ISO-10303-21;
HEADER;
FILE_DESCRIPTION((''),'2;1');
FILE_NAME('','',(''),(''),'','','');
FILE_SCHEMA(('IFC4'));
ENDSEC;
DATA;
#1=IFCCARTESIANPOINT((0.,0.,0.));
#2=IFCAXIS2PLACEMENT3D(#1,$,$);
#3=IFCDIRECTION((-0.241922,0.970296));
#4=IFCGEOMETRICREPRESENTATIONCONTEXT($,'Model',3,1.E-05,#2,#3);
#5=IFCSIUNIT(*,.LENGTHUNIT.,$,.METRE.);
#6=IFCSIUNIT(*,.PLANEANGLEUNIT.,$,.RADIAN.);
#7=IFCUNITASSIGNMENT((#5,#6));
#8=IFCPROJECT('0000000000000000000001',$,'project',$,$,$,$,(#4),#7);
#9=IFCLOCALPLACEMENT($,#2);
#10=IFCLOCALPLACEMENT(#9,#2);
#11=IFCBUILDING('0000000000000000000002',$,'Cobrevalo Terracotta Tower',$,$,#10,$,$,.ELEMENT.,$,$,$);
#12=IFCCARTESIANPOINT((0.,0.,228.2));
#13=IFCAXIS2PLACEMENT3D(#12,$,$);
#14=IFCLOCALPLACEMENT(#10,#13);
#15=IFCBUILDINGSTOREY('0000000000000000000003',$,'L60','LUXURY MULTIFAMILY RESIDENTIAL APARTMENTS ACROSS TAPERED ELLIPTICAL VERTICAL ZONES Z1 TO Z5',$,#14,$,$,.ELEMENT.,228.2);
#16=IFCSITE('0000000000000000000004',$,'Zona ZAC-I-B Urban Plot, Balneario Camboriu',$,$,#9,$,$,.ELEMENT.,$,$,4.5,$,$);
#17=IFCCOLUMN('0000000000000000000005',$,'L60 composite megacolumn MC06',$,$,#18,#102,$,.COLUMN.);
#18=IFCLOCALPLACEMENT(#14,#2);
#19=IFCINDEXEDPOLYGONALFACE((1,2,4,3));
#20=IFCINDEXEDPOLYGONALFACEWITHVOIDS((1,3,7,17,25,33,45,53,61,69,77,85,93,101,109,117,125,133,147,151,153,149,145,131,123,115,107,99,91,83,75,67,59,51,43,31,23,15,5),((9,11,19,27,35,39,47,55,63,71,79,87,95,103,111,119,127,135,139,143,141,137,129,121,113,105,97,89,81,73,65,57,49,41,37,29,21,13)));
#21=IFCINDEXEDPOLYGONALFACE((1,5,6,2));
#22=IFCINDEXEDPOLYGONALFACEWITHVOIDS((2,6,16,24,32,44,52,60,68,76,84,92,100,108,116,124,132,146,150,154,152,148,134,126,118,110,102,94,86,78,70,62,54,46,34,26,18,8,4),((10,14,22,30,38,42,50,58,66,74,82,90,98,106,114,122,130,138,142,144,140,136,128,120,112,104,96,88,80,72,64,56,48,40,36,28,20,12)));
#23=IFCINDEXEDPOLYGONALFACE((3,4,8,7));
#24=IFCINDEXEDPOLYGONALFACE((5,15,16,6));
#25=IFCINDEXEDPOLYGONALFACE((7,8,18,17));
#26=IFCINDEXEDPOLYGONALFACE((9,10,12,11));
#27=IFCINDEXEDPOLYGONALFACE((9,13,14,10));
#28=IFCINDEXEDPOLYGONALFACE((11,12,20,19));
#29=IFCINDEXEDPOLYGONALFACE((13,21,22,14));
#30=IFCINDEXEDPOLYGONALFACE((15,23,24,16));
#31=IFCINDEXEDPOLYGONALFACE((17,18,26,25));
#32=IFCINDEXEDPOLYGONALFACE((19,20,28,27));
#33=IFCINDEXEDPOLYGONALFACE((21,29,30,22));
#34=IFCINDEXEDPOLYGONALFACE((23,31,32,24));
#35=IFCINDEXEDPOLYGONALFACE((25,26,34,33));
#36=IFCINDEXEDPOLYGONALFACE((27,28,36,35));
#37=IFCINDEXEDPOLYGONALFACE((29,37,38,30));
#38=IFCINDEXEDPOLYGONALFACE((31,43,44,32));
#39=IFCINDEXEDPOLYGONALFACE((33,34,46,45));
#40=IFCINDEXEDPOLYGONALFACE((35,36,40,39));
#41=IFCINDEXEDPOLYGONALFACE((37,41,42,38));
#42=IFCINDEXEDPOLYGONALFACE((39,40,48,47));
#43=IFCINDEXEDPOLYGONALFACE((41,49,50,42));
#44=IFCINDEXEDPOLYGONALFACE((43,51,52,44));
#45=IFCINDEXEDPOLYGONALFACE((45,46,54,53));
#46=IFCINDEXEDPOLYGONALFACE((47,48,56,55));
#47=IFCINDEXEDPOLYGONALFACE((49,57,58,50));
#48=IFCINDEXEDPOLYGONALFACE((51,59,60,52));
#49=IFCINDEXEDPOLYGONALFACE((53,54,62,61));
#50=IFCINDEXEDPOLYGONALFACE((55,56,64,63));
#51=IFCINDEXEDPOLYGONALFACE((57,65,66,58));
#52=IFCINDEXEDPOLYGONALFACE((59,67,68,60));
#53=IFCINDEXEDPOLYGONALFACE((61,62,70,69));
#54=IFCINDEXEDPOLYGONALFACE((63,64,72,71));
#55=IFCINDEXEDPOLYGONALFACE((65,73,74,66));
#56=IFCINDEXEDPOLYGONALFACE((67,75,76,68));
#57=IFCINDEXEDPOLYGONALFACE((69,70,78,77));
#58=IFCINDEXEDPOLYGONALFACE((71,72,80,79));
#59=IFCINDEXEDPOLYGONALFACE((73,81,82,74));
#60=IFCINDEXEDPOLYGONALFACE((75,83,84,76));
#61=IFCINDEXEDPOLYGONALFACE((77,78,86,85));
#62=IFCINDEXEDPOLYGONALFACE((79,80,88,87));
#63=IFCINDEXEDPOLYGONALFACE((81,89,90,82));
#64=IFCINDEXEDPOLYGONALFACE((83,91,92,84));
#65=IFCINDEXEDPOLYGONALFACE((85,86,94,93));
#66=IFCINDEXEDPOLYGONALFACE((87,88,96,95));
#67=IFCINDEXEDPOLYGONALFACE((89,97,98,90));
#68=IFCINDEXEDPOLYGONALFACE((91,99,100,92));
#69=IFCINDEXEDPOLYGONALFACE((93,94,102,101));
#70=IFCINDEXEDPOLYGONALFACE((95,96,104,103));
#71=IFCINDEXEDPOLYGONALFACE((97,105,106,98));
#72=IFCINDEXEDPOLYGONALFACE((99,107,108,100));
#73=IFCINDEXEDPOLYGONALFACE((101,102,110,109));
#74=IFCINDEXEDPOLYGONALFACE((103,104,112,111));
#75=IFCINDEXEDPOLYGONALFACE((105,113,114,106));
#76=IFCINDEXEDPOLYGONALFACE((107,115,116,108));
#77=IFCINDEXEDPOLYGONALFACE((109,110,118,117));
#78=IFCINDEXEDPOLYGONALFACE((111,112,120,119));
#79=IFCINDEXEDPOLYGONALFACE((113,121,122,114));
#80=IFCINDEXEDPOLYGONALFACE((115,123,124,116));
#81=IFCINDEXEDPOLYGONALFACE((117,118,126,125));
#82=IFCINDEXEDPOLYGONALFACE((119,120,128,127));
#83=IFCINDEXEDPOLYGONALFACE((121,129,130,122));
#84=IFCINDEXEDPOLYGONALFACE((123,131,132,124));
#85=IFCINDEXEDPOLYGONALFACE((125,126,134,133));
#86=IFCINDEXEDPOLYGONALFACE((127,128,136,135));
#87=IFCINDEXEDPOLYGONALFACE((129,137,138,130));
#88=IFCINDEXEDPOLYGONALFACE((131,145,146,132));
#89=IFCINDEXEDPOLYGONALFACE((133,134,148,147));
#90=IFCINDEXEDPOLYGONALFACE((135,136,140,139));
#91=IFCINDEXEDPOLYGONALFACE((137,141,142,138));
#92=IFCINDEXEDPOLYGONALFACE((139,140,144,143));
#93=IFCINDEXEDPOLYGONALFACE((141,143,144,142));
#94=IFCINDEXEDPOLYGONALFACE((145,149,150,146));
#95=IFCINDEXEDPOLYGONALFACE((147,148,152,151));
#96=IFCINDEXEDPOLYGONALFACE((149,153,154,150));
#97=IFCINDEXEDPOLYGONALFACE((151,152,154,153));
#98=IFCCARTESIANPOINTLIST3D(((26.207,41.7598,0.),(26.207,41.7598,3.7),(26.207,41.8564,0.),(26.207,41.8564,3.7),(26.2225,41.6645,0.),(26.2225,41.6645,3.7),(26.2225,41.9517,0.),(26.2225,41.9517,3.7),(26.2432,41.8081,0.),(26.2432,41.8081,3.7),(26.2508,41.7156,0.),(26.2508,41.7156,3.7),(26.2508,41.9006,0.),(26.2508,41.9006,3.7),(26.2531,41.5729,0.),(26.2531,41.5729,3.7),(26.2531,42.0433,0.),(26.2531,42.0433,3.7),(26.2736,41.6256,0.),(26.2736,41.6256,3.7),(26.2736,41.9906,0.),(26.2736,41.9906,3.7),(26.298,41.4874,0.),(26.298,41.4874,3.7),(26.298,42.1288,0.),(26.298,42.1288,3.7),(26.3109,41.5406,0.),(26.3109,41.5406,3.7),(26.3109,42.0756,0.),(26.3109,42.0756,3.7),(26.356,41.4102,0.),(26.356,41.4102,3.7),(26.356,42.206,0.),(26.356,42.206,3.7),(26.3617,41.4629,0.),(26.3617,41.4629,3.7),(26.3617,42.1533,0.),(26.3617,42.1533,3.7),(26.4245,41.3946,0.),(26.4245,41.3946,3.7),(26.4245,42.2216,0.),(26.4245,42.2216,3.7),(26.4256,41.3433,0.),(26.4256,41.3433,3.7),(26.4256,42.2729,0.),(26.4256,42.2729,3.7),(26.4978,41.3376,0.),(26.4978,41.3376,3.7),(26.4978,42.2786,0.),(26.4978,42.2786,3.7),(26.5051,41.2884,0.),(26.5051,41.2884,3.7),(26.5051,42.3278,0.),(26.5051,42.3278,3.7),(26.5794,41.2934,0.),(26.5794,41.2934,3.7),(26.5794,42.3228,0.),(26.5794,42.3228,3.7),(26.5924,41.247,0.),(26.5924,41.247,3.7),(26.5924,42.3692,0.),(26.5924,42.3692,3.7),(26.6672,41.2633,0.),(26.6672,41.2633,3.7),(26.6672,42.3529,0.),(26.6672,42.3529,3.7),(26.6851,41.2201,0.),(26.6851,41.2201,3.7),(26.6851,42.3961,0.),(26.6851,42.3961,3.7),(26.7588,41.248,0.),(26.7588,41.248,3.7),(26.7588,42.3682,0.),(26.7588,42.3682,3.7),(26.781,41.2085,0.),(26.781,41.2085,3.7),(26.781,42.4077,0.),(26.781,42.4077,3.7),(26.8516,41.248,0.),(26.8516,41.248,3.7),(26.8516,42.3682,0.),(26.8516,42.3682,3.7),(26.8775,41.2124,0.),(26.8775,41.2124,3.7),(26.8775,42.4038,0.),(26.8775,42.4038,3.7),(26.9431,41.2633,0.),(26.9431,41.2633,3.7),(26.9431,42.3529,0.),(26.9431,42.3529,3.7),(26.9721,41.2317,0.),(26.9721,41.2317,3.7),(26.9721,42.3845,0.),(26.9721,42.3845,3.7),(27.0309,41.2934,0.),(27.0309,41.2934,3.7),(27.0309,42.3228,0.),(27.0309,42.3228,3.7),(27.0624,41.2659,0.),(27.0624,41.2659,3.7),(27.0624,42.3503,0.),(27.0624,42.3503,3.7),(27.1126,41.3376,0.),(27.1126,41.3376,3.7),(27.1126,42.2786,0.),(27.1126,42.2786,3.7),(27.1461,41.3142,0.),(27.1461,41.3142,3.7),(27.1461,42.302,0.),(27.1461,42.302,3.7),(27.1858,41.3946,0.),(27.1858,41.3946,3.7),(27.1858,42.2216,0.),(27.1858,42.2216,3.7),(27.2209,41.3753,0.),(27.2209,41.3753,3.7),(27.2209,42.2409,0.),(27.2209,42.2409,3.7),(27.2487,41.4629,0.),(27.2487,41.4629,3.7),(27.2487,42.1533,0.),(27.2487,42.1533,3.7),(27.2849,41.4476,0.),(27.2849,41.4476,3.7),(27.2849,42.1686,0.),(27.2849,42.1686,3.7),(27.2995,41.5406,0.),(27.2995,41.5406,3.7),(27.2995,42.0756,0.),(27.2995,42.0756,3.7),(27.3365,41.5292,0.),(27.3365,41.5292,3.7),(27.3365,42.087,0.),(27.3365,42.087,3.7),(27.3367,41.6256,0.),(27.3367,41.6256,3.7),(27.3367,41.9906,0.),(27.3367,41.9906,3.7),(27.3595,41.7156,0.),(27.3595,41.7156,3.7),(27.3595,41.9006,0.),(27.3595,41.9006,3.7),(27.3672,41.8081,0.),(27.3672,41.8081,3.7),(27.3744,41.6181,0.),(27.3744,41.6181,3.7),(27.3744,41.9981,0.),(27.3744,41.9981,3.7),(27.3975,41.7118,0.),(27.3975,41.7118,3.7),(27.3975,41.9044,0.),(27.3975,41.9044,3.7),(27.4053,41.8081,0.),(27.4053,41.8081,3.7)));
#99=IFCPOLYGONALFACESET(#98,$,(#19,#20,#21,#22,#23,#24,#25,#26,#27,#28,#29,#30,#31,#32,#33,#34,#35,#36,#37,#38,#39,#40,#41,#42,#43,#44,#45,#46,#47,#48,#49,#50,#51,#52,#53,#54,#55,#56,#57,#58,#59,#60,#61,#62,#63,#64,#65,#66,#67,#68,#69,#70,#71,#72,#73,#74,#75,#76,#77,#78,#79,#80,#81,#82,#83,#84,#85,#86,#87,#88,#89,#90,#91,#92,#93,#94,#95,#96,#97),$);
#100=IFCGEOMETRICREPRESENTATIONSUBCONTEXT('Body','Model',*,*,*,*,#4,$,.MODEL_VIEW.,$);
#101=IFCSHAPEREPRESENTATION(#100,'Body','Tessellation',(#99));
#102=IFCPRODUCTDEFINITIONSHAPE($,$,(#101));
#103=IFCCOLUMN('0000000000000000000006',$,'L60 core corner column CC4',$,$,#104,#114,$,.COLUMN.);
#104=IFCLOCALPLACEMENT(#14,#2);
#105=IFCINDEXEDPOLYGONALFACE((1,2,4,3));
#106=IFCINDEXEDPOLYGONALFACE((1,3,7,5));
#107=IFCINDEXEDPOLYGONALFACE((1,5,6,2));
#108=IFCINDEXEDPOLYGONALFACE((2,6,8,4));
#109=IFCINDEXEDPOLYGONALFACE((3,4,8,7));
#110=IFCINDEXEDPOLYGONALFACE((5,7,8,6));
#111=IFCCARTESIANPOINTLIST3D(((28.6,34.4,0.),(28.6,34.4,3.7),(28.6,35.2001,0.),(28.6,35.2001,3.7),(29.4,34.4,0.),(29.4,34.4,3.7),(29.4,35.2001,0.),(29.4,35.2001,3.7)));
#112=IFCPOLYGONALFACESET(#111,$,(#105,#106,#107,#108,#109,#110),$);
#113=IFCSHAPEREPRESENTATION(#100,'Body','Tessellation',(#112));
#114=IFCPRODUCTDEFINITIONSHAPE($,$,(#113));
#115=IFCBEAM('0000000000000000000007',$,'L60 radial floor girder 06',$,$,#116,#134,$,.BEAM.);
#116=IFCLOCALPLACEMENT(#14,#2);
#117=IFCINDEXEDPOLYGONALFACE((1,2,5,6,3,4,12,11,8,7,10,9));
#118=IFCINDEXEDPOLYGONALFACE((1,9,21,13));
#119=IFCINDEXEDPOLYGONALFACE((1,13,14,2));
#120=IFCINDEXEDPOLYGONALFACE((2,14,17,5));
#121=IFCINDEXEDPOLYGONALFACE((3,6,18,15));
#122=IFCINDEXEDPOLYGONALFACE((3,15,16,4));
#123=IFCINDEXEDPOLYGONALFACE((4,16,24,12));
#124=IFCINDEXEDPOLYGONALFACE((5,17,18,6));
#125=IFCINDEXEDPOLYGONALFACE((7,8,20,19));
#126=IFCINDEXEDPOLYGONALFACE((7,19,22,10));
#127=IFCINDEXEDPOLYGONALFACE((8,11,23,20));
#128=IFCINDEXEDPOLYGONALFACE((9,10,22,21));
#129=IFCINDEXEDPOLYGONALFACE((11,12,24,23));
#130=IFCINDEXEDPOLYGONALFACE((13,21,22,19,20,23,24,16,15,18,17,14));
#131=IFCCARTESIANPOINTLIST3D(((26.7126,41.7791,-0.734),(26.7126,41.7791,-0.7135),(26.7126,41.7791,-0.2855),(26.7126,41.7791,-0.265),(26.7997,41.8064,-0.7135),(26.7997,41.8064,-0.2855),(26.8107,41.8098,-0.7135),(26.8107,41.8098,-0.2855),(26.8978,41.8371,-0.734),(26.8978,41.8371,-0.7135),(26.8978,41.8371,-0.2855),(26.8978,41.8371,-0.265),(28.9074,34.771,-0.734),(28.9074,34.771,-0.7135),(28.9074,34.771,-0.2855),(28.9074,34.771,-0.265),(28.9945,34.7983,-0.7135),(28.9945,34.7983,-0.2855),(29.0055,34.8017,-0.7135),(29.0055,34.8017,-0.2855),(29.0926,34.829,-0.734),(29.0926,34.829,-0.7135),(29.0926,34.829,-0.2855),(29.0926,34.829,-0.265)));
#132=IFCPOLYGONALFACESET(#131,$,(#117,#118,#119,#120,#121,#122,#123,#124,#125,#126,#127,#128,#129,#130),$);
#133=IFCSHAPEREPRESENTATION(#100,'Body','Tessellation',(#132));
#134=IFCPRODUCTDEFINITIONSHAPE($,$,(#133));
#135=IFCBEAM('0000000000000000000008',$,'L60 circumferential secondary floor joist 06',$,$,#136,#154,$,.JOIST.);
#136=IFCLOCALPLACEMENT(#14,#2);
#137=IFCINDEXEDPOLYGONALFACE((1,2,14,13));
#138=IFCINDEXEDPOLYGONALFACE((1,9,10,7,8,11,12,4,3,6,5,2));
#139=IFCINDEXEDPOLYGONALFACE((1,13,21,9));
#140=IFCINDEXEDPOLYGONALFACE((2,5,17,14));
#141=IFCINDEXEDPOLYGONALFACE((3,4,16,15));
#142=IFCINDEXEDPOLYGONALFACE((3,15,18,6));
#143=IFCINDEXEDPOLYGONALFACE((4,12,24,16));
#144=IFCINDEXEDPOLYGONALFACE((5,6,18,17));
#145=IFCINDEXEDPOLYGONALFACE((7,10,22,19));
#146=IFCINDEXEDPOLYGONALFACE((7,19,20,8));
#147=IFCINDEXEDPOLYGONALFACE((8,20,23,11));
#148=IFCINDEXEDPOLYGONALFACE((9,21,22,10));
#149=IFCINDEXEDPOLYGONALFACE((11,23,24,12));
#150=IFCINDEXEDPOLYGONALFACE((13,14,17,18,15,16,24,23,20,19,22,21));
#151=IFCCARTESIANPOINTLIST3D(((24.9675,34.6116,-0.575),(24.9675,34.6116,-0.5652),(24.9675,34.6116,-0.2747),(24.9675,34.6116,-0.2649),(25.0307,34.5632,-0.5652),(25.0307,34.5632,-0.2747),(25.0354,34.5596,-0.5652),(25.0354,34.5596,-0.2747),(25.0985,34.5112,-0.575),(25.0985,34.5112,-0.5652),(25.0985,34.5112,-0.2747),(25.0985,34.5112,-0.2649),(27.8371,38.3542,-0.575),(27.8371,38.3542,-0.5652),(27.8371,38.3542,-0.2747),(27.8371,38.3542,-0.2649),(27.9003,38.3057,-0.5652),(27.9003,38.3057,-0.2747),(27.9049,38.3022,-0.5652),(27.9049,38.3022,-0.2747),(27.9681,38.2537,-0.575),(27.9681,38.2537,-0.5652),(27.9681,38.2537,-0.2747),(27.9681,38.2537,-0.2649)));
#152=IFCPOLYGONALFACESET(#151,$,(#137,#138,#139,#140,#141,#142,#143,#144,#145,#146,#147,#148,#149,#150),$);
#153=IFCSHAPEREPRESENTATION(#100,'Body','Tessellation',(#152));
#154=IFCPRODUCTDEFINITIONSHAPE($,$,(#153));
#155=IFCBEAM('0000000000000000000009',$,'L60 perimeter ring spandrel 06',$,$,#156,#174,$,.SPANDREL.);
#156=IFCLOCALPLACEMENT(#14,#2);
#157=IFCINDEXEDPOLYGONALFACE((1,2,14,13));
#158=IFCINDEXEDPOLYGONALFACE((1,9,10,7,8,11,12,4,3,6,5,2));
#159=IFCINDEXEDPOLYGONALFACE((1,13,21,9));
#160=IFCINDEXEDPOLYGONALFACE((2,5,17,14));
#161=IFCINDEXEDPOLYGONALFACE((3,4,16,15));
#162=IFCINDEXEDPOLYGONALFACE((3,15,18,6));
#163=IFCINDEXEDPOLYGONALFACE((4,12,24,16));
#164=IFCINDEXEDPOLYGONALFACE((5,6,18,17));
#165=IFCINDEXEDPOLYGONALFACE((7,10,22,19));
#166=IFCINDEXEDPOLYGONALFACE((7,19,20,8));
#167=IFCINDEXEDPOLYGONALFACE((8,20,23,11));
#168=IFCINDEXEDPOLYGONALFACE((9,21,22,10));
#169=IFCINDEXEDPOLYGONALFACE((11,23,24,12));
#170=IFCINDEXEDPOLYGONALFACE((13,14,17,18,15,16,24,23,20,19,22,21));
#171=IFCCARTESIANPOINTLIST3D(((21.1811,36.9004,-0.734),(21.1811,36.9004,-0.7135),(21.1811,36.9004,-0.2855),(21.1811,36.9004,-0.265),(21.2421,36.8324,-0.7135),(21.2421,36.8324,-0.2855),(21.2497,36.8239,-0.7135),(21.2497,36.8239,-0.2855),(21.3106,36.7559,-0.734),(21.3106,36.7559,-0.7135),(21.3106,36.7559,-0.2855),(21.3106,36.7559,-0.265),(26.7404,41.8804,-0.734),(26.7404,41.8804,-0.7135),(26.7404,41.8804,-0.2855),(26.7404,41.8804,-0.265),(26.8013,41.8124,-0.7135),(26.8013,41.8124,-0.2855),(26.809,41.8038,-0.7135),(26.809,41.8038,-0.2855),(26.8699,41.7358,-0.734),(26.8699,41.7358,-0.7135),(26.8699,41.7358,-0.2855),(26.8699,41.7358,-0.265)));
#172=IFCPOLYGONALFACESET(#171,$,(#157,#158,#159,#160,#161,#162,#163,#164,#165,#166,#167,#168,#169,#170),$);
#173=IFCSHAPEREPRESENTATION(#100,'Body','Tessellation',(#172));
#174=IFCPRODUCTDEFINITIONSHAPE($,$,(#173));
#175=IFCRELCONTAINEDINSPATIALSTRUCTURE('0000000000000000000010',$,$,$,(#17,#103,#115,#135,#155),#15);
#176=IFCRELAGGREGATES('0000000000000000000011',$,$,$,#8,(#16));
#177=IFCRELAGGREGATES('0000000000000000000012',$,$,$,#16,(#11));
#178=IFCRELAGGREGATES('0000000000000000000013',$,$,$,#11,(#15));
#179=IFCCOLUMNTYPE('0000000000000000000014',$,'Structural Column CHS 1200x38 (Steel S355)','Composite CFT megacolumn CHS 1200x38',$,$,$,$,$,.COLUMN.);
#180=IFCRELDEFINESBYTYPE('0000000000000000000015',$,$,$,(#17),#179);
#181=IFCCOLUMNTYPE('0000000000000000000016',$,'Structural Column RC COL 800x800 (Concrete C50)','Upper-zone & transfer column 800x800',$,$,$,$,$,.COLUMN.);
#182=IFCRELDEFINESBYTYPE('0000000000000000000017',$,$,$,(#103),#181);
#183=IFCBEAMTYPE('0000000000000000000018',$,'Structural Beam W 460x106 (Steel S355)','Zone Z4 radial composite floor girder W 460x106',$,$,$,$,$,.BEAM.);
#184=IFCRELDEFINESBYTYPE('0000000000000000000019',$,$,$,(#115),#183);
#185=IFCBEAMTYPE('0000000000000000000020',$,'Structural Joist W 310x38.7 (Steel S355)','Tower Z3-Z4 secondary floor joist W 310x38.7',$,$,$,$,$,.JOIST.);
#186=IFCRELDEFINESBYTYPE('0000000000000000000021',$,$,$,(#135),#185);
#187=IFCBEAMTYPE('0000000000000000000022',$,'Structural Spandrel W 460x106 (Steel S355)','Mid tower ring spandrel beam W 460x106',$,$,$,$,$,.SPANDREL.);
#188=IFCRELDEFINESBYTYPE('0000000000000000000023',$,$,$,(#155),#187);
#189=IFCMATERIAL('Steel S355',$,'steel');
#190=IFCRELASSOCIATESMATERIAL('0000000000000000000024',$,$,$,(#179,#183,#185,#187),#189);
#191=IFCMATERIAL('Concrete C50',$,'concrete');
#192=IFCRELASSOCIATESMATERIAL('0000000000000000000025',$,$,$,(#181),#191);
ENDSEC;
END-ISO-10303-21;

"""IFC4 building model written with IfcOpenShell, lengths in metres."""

from ifc_helpers import new_model, si_unit, direction, frame, origin, origin_2d, place, context, subcontext, project, spatial, rectangle, hollow_circle, i_section, extrude, material, material_profile, profile_set, type_object, element, save


model = new_model("IFC4")

# Units and contexts
model_context = context("Model", 3, precision=1e-05, world=origin(), true_north=direction((-0.241922, 0.970296)))
body_context = subcontext(model_context, "Body", "Model", "MODEL_VIEW")
ifc_project = project(units=[si_unit("LENGTHUNIT", "METRE"), si_unit("PLANEANGLEUNIT", "RADIAN")], contexts=[model_context])

# Site, building, storey
site_placement = place(None, origin())
site = spatial("IfcSite", under=ifc_project, at=site_placement, Name="Zona ZAC-I-B Urban Plot, Balneario Camboriu", CompositionType="ELEMENT", RefElevation=4.5)
building_placement = place(site_placement, origin())
building = spatial("IfcBuilding", under=site, at=building_placement, Name="Cobrevalo Terracotta Tower", CompositionType="ELEMENT")
storey_placement = place(building_placement, frame((0.0, 0.0, 228.2)))
storey = spatial("IfcBuildingStorey", under=building, at=storey_placement, Name="L60", Description="LUXURY MULTIFAMILY RESIDENTIAL APARTMENTS ACROSS TAPERED ELLIPTICAL VERTICAL ZONES Z1 TO Z5", CompositionType="ELEMENT", Elevation=228.2)

# Columns
ifc_material_1 = material(Name="Steel S355", Category="steel")
ifc_material_profile_1 = material_profile(ifc_material_1, hollow_circle(Radius=0.6001, WallThickness=0.0381, at=origin_2d()), Name="CHS 1200x38")
ifc_profile_set_1 = profile_set([ifc_material_profile_1], Name="Steel S355")
column_type_1 = type_object("IfcColumnType", Name="Structural Column CHS 1200x38 (Steel S355)", Description="Composite CFT megacolumn CHS 1200x38", PredefinedType="COLUMN", material=ifc_profile_set_1)
column_1_placement = place(storey_placement, frame((26.8052, 41.8081, 0.0), z_axis=(0.0, 0.0, 1.0), x_axis=(1.0, 0.0, 0.0)))
element("IfcColumn", 1, at=column_1_placement, inside=storey, type_object=column_type_1, Name="L60 composite megacolumn MC06", PredefinedType="COLUMN", context=body_context, shape_type="SweptSolid", body=[
    extrude(hollow_circle(Radius=0.6001, WallThickness=0.0381, at=origin_2d()), origin(), (0.0, 0.0, 1.0), 3.7),
])
ifc_material_2 = material(Name="Concrete C50", Category="concrete")
ifc_material_profile_2 = material_profile(ifc_material_2, rectangle(XDim=0.8, YDim=0.8, at=origin_2d()), Name="RC COL 800x800")
ifc_profile_set_2 = profile_set([ifc_material_profile_2], Name="Concrete C50")
column_type_2 = type_object("IfcColumnType", Name="Structural Column RC COL 800x800 (Concrete C50)", Description="Upper-zone & transfer column 800x800", PredefinedType="COLUMN", material=ifc_profile_set_2)
column_2_placement = place(storey_placement, frame((29.0, 34.8, 0.0), z_axis=(0.0, 0.0, 1.0), x_axis=(1.0, 0.0, 0.0)))
element("IfcColumn", 2, at=column_2_placement, inside=storey, type_object=column_type_2, Name="L60 core corner column CC4", PredefinedType="COLUMN", context=body_context, shape_type="SweptSolid", body=[
    extrude(rectangle(XDim=0.8, YDim=0.8, at=origin_2d()), origin(), (0.0, 0.0, 1.0), 3.7),
])

# Beams
ifc_material_profile_3 = material_profile(ifc_material_1, i_section(OverallWidth=0.1941, OverallDepth=0.469, WebThickness=0.0115, FlangeThickness=0.0205, at=origin_2d()), Name="W 460x106")
ifc_profile_set_3 = profile_set([ifc_material_profile_3], Name="Steel S355")
beam_type_1 = type_object("IfcBeamType", Name="Structural Beam W 460x106 (Steel S355)", Description="Zone Z4 radial composite floor girder W 460x106", PredefinedType="BEAM", material=ifc_profile_set_3)
beam_1_placement = place(storey_placement, frame((26.8052, 41.8081, -0.4995), z_axis=(0.298871, -0.954293, 0.0), x_axis=(0.954293, 0.298871, 0.0)))
element("IfcBeam", 3, at=beam_1_placement, inside=storey, type_object=beam_type_1, Name="L60 radial floor girder 06", PredefinedType="BEAM", context=body_context, shape_type="SweptSolid", body=[
    extrude(i_section(OverallWidth=0.1941, OverallDepth=0.469, WebThickness=0.0115, FlangeThickness=0.0205, at=origin_2d()), origin(), (0.0, 0.0, 1.0), 7.3438),
])
ifc_material_profile_4 = material_profile(ifc_material_1, i_section(OverallWidth=0.165, OverallDepth=0.3101, WebThickness=0.0059, FlangeThickness=0.0098, at=origin_2d()), Name="W 310x38.7")
ifc_profile_set_4 = profile_set([ifc_material_profile_4], Name="Steel S355")
beam_type_2 = type_object("IfcBeamType", Name="Structural Joist W 310x38.7 (Steel S355)", Description="Tower Z3-Z4 secondary floor joist W 310x38.7", PredefinedType="JOIST", material=ifc_profile_set_4)
beam_2_placement = place(storey_placement, frame((27.9026, 38.304, -0.4199), z_axis=(-0.608464, -0.793581, 0.0), x_axis=(0.793581, -0.608464, 0.0)))
element("IfcBeam", 4, at=beam_2_placement, inside=storey, type_object=beam_type_2, Name="L60 circumferential secondary floor joist 06", PredefinedType="JOIST", context=body_context, shape_type="SweptSolid", body=[
    extrude(i_section(OverallWidth=0.165, OverallDepth=0.3101, WebThickness=0.0059, FlangeThickness=0.0098, at=origin_2d()), origin(), (0.0, 0.0, 1.0), 4.7161),
])
ifc_material_profile_5 = material_profile(ifc_material_1, i_section(OverallWidth=0.1941, OverallDepth=0.469, WebThickness=0.0115, FlangeThickness=0.0205, at=origin_2d()), Name="W 460x106")
ifc_profile_set_5 = profile_set([ifc_material_profile_5], Name="Steel S355")
beam_type_3 = type_object("IfcBeamType", Name="Structural Spandrel W 460x106 (Steel S355)", Description="Mid tower ring spandrel beam W 460x106", PredefinedType="SPANDREL", material=ifc_profile_set_5)
beam_3_placement = place(storey_placement, frame((26.8052, 41.8081, -0.4995), z_axis=(-0.744852, -0.66723, 0.0), x_axis=(0.66723, -0.744852, 0.0)))
element("IfcBeam", 5, at=beam_3_placement, inside=storey, type_object=beam_type_3, Name="L60 perimeter ring spandrel 06", PredefinedType="SPANDREL", context=body_context, shape_type="SweptSolid", body=[
    extrude(i_section(OverallWidth=0.1941, OverallDepth=0.469, WebThickness=0.0115, FlangeThickness=0.0205, at=origin_2d()), origin(), (0.0, 0.0, 1.0), 7.4636),
])

save(model, "model.ifc")
